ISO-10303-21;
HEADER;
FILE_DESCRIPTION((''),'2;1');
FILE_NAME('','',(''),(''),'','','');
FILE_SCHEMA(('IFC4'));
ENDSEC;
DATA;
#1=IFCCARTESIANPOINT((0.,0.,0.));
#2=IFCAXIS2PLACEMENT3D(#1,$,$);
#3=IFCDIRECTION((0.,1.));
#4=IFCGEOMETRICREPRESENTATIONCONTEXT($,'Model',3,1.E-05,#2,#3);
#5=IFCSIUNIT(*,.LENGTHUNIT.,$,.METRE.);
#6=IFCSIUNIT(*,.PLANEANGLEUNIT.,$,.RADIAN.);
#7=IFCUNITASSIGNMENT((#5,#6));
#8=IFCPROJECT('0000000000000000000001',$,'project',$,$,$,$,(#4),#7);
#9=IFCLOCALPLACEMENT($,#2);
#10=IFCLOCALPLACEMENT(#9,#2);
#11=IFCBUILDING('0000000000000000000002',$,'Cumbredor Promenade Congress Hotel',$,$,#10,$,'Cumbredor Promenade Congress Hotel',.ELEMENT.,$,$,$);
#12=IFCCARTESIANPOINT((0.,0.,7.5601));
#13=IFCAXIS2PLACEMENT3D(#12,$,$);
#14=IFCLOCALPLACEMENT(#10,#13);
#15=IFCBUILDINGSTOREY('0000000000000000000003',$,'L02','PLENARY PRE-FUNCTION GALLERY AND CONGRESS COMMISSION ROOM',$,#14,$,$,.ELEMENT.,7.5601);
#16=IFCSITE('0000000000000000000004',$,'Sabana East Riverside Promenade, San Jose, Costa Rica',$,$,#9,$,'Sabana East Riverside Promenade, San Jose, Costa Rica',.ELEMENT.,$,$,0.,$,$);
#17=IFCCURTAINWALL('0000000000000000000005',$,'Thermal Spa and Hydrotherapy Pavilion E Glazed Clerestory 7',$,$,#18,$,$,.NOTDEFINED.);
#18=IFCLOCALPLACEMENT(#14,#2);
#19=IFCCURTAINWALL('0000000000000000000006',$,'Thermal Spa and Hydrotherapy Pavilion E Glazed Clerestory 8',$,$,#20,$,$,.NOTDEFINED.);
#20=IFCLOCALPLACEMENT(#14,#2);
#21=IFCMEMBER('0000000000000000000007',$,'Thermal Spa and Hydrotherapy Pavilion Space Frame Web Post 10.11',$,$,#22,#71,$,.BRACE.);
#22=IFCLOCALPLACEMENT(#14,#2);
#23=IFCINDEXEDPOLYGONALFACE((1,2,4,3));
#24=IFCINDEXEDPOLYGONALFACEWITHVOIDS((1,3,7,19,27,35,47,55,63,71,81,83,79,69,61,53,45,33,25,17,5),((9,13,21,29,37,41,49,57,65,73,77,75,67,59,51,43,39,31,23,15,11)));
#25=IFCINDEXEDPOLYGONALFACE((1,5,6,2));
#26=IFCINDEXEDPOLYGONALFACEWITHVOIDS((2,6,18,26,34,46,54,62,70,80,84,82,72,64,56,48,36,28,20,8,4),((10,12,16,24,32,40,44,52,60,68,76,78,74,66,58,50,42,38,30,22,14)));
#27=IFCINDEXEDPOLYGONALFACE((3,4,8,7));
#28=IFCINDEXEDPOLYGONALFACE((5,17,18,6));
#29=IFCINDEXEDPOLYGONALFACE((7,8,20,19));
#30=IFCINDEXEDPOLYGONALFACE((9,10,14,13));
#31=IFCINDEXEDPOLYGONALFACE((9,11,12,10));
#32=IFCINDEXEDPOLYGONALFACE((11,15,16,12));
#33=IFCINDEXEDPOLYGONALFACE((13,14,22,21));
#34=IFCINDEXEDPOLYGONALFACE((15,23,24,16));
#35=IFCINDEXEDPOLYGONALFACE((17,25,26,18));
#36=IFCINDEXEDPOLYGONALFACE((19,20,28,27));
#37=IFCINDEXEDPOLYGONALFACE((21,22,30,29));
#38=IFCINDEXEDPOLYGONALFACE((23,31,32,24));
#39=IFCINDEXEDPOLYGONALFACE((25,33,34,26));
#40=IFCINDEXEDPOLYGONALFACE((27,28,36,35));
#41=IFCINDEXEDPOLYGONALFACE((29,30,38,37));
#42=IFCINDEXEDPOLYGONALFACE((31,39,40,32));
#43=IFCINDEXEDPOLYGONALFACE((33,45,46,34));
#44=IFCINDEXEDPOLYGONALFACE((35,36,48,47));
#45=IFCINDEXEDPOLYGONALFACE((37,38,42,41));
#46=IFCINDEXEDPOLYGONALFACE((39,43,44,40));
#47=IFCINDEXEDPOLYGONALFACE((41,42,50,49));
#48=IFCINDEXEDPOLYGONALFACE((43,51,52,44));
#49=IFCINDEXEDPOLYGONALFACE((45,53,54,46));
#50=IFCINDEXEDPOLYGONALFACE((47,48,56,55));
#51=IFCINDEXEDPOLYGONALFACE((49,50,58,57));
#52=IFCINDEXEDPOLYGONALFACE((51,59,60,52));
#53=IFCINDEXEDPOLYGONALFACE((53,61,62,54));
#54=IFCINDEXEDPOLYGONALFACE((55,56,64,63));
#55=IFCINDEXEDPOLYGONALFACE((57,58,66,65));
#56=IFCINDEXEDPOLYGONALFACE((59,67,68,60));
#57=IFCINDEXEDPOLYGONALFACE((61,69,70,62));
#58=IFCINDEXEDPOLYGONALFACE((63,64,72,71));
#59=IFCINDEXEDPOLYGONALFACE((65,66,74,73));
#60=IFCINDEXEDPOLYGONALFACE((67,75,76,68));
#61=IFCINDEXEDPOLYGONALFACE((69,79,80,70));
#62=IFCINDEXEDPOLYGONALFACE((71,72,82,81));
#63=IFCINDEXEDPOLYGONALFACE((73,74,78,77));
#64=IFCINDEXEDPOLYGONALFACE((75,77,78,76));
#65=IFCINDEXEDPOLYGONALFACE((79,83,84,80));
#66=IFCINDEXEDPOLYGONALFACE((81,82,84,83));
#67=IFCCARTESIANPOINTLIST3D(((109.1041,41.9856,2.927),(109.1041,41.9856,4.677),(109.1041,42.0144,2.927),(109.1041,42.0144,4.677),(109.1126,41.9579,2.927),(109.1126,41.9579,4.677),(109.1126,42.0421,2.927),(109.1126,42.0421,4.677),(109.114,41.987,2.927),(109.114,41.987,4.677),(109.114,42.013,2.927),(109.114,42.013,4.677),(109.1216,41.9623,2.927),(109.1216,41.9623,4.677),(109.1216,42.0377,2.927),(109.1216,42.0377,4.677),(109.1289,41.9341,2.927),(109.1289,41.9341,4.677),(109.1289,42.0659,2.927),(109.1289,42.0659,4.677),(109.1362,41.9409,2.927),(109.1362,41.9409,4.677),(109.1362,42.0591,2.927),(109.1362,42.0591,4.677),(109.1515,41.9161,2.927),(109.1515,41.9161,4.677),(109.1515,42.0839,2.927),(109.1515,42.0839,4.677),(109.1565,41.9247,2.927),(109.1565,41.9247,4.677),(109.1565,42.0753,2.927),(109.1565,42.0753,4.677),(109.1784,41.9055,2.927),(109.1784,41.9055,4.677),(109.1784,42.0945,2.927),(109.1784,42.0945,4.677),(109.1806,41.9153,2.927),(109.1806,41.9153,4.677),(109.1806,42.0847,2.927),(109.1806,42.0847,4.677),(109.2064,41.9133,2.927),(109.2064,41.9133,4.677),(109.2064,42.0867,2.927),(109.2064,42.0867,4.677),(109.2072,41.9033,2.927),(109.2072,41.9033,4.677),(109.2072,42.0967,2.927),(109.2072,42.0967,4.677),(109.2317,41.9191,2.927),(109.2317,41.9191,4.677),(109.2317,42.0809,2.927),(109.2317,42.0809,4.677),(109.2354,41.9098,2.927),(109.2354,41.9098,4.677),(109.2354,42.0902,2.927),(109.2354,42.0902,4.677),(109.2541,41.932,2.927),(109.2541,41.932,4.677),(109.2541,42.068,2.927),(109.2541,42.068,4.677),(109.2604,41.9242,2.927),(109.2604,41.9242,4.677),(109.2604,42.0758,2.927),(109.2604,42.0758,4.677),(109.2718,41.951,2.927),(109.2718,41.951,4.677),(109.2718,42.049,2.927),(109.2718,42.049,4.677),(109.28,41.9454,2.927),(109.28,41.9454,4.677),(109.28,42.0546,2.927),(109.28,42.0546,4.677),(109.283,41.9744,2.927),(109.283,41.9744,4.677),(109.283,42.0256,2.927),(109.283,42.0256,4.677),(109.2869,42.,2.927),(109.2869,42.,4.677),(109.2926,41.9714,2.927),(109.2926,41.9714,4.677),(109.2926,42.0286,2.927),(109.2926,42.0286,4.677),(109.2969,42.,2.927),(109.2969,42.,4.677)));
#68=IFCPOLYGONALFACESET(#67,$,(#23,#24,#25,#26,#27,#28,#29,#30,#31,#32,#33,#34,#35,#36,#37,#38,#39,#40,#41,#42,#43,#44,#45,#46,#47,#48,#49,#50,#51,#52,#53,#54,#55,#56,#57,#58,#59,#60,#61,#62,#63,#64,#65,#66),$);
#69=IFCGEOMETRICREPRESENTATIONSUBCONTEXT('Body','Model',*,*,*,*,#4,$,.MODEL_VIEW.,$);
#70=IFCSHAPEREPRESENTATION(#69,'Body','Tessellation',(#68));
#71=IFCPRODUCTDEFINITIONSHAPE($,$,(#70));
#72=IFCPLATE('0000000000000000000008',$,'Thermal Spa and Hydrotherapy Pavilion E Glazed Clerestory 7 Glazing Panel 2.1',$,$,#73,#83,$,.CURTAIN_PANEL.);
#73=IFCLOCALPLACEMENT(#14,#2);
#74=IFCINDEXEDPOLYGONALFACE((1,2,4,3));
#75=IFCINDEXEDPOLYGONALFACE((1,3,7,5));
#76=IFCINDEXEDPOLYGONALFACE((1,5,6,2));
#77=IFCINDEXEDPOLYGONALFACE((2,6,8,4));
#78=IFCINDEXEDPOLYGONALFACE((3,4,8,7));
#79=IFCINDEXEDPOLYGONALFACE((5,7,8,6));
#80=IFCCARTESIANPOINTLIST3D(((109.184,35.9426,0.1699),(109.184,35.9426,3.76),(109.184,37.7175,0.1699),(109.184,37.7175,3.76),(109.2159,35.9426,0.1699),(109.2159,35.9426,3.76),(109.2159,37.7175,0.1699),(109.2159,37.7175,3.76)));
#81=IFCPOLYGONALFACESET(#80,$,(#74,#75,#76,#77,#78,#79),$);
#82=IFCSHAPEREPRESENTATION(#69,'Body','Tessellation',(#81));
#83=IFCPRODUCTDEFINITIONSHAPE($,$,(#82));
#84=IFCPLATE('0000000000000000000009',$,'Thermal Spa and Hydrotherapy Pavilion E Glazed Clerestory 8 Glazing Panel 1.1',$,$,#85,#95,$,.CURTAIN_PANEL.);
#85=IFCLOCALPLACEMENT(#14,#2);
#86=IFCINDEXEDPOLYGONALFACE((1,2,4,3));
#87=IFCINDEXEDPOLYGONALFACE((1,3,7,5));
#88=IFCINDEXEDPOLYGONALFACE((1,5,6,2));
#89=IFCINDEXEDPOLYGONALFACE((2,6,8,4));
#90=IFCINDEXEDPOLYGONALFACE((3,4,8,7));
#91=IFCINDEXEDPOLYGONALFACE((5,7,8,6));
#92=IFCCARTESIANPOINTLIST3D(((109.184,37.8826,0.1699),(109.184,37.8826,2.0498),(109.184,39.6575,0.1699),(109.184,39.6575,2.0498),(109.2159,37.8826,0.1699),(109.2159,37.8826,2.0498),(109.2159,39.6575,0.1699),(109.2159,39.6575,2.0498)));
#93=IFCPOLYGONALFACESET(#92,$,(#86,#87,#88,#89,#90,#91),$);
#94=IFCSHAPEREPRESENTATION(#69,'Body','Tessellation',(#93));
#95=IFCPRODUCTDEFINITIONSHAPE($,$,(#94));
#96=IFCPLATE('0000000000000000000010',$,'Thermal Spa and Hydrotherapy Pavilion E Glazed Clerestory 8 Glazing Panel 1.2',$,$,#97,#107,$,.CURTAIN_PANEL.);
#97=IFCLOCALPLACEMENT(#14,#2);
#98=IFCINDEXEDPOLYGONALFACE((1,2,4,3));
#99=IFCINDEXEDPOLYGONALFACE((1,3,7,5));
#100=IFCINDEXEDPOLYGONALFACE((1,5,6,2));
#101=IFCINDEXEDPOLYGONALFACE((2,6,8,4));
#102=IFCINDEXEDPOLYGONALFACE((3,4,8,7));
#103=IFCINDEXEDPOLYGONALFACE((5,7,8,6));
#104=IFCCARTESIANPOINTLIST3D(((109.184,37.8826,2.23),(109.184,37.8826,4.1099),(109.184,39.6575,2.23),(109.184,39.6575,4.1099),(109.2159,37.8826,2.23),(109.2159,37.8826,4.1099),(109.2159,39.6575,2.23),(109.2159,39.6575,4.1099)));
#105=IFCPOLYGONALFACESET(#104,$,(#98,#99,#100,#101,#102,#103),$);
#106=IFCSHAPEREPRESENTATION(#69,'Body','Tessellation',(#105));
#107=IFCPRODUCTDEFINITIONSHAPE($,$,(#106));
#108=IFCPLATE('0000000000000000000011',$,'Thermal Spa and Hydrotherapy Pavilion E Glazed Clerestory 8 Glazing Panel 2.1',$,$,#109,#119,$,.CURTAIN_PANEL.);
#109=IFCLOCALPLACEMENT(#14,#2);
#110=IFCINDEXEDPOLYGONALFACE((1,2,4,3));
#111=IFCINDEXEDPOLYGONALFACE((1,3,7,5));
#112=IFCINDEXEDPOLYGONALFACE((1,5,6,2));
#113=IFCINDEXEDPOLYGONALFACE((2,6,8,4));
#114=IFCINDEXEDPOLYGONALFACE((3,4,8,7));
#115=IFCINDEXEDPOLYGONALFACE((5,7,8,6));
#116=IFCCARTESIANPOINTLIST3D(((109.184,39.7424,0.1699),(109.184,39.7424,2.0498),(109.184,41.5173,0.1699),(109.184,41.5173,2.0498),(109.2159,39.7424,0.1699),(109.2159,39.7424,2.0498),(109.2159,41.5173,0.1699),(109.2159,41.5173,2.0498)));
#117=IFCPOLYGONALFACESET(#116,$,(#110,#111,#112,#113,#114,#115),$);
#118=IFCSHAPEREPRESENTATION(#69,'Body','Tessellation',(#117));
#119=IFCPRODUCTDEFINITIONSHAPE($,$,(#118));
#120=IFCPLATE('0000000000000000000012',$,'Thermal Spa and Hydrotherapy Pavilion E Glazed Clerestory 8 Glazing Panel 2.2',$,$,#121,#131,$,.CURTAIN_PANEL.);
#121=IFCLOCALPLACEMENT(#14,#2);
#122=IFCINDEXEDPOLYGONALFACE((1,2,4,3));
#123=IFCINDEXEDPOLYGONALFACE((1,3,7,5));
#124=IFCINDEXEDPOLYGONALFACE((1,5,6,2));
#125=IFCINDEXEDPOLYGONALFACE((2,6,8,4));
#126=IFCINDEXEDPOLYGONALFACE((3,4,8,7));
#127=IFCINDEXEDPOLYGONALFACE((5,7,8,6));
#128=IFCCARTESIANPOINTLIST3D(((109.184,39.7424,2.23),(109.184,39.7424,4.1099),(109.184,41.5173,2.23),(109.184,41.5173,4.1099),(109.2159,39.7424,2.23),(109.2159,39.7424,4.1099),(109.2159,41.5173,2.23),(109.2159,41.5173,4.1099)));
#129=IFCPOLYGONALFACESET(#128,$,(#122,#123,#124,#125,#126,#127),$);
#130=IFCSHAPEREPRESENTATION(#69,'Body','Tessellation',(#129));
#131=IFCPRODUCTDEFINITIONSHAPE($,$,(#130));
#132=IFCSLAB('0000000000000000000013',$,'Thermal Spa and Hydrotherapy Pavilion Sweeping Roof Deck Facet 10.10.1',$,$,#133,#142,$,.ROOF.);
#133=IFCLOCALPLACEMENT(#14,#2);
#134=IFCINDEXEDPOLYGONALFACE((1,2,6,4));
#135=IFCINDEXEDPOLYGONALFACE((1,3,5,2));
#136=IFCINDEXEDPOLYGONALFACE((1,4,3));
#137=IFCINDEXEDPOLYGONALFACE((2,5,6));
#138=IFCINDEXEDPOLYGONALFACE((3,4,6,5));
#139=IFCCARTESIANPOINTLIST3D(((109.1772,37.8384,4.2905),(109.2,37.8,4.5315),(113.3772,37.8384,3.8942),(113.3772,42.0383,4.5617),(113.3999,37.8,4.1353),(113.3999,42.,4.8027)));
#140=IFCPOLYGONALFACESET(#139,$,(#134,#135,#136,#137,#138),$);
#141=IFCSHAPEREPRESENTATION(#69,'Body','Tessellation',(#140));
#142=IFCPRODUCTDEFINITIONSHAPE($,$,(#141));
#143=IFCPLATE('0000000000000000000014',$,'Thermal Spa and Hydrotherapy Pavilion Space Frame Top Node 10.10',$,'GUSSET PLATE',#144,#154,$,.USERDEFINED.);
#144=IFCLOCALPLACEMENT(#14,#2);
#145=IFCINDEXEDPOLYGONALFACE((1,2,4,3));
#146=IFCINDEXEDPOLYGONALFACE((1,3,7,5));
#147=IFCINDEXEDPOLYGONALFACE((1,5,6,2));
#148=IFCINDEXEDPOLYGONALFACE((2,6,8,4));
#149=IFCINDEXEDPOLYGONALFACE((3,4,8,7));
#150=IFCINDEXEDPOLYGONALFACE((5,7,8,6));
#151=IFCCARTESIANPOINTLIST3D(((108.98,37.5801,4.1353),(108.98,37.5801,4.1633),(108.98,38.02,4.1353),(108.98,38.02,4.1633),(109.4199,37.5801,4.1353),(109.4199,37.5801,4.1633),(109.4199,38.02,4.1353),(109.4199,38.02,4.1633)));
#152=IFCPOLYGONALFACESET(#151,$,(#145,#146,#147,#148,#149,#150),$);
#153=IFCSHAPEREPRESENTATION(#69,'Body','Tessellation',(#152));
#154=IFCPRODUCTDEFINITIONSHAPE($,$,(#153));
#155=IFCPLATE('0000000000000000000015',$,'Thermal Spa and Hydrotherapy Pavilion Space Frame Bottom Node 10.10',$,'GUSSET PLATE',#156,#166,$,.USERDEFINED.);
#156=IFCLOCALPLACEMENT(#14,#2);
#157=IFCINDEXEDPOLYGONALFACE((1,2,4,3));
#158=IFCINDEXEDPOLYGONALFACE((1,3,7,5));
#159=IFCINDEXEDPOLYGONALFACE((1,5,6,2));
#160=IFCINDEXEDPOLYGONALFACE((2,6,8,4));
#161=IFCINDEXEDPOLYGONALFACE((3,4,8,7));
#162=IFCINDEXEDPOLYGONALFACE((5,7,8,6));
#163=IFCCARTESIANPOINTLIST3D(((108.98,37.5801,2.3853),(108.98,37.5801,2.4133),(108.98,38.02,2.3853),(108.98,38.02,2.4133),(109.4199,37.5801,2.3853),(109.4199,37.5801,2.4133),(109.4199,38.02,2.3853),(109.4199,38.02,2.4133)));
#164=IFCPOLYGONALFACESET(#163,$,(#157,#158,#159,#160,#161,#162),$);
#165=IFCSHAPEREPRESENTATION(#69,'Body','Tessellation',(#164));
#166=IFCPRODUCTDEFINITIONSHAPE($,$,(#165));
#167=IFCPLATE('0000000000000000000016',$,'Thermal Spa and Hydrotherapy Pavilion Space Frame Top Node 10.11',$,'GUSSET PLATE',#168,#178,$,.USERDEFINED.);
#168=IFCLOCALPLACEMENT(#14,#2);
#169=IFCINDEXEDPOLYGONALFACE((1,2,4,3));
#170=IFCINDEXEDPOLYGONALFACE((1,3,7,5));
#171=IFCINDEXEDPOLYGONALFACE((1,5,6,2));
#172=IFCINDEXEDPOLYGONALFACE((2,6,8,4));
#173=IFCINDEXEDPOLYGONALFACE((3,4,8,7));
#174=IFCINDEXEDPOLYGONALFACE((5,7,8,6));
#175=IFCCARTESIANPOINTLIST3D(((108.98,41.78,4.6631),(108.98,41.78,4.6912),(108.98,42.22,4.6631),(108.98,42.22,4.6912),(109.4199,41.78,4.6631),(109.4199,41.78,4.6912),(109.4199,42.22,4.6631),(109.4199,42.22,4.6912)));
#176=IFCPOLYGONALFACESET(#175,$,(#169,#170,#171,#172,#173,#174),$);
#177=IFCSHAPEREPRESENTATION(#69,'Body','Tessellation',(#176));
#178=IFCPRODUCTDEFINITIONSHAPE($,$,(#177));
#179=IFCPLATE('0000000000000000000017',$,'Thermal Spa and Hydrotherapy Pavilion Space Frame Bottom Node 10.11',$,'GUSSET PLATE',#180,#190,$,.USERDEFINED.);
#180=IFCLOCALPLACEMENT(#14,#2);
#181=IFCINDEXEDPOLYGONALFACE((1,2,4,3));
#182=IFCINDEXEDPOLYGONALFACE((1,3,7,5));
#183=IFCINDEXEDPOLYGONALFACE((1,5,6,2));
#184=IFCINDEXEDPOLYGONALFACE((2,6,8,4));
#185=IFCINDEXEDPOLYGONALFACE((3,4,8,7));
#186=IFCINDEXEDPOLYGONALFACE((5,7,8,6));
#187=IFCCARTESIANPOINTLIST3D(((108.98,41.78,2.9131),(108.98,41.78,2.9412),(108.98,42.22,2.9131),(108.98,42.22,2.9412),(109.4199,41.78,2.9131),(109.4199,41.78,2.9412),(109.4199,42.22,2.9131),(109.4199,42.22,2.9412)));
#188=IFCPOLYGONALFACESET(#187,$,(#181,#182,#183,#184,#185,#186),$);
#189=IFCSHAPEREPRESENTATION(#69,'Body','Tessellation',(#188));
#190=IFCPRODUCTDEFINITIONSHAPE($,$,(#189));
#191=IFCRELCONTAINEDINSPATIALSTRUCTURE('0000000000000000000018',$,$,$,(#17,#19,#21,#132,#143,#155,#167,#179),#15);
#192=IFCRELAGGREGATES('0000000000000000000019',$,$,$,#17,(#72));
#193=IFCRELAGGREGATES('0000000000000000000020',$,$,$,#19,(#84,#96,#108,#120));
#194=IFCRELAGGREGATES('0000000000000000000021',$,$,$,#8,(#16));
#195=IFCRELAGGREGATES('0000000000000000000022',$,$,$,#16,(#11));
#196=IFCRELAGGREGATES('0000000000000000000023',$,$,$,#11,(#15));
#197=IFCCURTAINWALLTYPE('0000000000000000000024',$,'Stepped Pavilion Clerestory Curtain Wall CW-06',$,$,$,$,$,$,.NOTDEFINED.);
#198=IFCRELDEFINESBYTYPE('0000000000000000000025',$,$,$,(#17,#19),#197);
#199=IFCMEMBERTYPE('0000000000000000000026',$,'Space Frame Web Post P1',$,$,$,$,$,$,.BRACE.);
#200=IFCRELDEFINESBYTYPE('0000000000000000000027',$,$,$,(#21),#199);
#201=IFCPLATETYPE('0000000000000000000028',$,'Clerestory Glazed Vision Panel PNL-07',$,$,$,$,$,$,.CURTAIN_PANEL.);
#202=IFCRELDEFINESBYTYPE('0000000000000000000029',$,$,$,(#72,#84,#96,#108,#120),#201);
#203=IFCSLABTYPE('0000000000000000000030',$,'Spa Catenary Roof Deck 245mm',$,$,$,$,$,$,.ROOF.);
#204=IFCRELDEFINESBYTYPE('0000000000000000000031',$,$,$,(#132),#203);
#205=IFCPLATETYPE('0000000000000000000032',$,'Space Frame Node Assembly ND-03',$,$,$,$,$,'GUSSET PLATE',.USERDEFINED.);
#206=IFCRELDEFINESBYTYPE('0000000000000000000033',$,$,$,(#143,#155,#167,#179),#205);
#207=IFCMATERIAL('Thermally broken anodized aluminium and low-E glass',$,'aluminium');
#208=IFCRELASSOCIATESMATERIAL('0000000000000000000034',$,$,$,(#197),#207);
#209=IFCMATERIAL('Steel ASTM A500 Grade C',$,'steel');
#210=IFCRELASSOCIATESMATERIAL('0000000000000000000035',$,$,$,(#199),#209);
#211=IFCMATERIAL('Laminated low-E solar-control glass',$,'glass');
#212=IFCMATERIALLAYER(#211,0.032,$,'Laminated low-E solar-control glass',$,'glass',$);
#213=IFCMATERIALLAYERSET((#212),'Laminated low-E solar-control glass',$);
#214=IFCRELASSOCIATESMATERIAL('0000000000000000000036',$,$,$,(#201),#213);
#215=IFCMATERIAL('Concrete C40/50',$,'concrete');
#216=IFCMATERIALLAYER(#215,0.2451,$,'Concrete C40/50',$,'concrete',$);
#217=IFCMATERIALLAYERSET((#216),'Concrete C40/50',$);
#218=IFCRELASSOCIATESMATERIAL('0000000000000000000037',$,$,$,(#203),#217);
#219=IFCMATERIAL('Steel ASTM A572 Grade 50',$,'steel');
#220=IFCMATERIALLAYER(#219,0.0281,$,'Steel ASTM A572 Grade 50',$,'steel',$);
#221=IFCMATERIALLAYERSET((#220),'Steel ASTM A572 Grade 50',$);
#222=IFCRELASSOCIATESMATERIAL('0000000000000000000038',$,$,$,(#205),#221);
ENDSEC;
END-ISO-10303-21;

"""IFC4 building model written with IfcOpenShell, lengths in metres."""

from ifc_helpers import new_model, si_unit, direction, frame, origin, origin_2d, place, context, subcontext, project, spatial, polyline, rectangle, hollow_circle, outline, extrude, material, layer, layer_set, material_profile, profile_set, type_object, element, aggregate, save


model = new_model("IFC4")

# Units and contexts
model_context = context("Model", 3, precision=1e-05, world=origin(), true_north=direction((0.0, 1.0)))
body_context = subcontext(model_context, "Body", "Model", "MODEL_VIEW")
ifc_project = project(units=[si_unit("LENGTHUNIT", "METRE"), si_unit("PLANEANGLEUNIT", "RADIAN")], contexts=[model_context])

# Site, building, storey
site_placement = place(None, origin())
site = spatial("IfcSite", under=ifc_project, at=site_placement, Name="Sabana East Riverside Promenade, San Jose, Costa Rica", LongName="Sabana East Riverside Promenade, San Jose, Costa Rica", CompositionType="ELEMENT", RefElevation=0.0)
building_placement = place(site_placement, origin())
building = spatial("IfcBuilding", under=site, at=building_placement, Name="Cumbredor Promenade Congress Hotel", LongName="Cumbredor Promenade Congress Hotel", CompositionType="ELEMENT")
storey_placement = place(building_placement, frame((0.0, 0.0, 7.5601)))
storey = spatial("IfcBuildingStorey", under=building, at=storey_placement, Name="L02", Description="PLENARY PRE-FUNCTION GALLERY AND CONGRESS COMMISSION ROOM", CompositionType="ELEMENT", Elevation=7.5601)

# Curtain wall
ifc_material_1 = material(Name="Thermally broken anodized aluminium and low-E glass", Category="aluminium")
curtain_wall_type = type_object("IfcCurtainWallType", Name="Stepped Pavilion Clerestory Curtain Wall CW-06", PredefinedType="NOTDEFINED", material=ifc_material_1)
curtain_wall_1_placement = place(storey_placement, origin())
curtain_wall_1 = element("IfcCurtainWall", 1, at=curtain_wall_1_placement, inside=storey, type_object=curtain_wall_type, Name="Thermal Spa and Hydrotherapy Pavilion E Glazed Clerestory 7", PredefinedType="NOTDEFINED")

# Curtain wall
curtain_wall_2_placement = place(storey_placement, origin())
curtain_wall_2 = element("IfcCurtainWall", 2, at=curtain_wall_2_placement, inside=storey, type_object=curtain_wall_type, Name="Thermal Spa and Hydrotherapy Pavilion E Glazed Clerestory 8", PredefinedType="NOTDEFINED")

# Member
ifc_material_2 = material(Name="Steel ASTM A500 Grade C", Category="steel")
ifc_material_profile_1 = material_profile(ifc_material_2, hollow_circle(Radius=0.0969, WallThickness=0.01, at=origin_2d()), Name="CHS 193.7x10")
ifc_profile_set_1 = profile_set([ifc_material_profile_1], Name="Steel ASTM A500 Grade C")
member_type_1 = type_object("IfcMemberType", Name="Space Frame Web Post P1", PredefinedType="BRACE", material=ifc_profile_set_1)
for number, where, z_axis, x_axis, name in (
    (3, (109.2, 42.0, 2.927), (0.0, 0.0, 1.0), (1.0, 0.0, 0.0), "Thermal Spa and Hydrotherapy Pavilion Space Frame Web Post 10.11"),
):
    element("IfcMember", number, at=place(storey_placement, frame(where, z_axis=z_axis, x_axis=x_axis)), inside=storey, type_object=member_type_1, Name=name, PredefinedType="BRACE", context=body_context, shape_type="SweptSolid", body=[
        extrude(hollow_circle(Radius=0.0969, WallThickness=0.01, at=origin_2d()), origin(), (0.0, 0.0, 1.0), 1.75),
    ])

# Plates
ifc_material_3 = material(Name="Laminated low-E solar-control glass", Category="glass")
ifc_layer_1 = layer(ifc_material_3, 0.032, Name="Laminated low-E solar-control glass", Category="glass")
ifc_layer_set_1 = layer_set([ifc_layer_1], Name="Laminated low-E solar-control glass")
plate_type_1 = type_object("IfcPlateType", Name="Clerestory Glazed Vision Panel PNL-07", PredefinedType="CURTAIN_PANEL", material=ifc_layer_set_1)
plate_1_placement = place(storey_placement, frame((109.2, 36.8301, 0.1699), z_axis=(0.0, 0.0, 1.0), x_axis=(0.0, 1.0, 0.0)))
plate_1 = element("IfcPlate", 4, at=plate_1_placement, type_object=plate_type_1, Name="Thermal Spa and Hydrotherapy Pavilion E Glazed Clerestory 7 Glazing Panel 2.1", PredefinedType="CURTAIN_PANEL", context=body_context, shape_type="SweptSolid", body=[
    extrude(rectangle(XDim=1.7749, YDim=0.032, at=origin_2d()), origin(), (0.0, 0.0, 1.0), 3.5901),
])
aggregate(curtain_wall_1, [plate_1])
plate_2_placement = place(storey_placement, frame((109.2, 38.77, 0.1699), z_axis=(0.0, 0.0, 1.0), x_axis=(0.0, 1.0, 0.0)))
plate_2 = element("IfcPlate", 5, at=plate_2_placement, type_object=plate_type_1, Name="Thermal Spa and Hydrotherapy Pavilion E Glazed Clerestory 8 Glazing Panel 1.1", PredefinedType="CURTAIN_PANEL", context=body_context, shape_type="SweptSolid", body=[
    extrude(rectangle(XDim=1.7749, YDim=0.032, at=origin_2d()), origin(), (0.0, 0.0, 1.0), 1.8799),
])
plate_3_placement = place(storey_placement, frame((109.2, 38.77, 2.23), z_axis=(0.0, 0.0, 1.0), x_axis=(0.0, 1.0, 0.0)))
plate_3 = element("IfcPlate", 6, at=plate_3_placement, type_object=plate_type_1, Name="Thermal Spa and Hydrotherapy Pavilion E Glazed Clerestory 8 Glazing Panel 1.2", PredefinedType="CURTAIN_PANEL", context=body_context, shape_type="SweptSolid", body=[
    extrude(rectangle(XDim=1.7749, YDim=0.032, at=origin_2d()), origin(), (0.0, 0.0, 1.0), 1.8799),
])
plate_4_placement = place(storey_placement, frame((109.2, 40.6299, 0.1699), z_axis=(0.0, 0.0, 1.0), x_axis=(0.0, 1.0, 0.0)))
plate_4 = element("IfcPlate", 7, at=plate_4_placement, type_object=plate_type_1, Name="Thermal Spa and Hydrotherapy Pavilion E Glazed Clerestory 8 Glazing Panel 2.1", PredefinedType="CURTAIN_PANEL", context=body_context, shape_type="SweptSolid", body=[
    extrude(rectangle(XDim=1.7749, YDim=0.032, at=origin_2d()), origin(), (0.0, 0.0, 1.0), 1.8799),
])
plate_5_placement = place(storey_placement, frame((109.2, 40.6299, 2.23), z_axis=(0.0, 0.0, 1.0), x_axis=(0.0, 1.0, 0.0)))
plate_5 = element("IfcPlate", 8, at=plate_5_placement, type_object=plate_type_1, Name="Thermal Spa and Hydrotherapy Pavilion E Glazed Clerestory 8 Glazing Panel 2.2", PredefinedType="CURTAIN_PANEL", context=body_context, shape_type="SweptSolid", body=[
    extrude(rectangle(XDim=1.7749, YDim=0.032, at=origin_2d()), origin(), (0.0, 0.0, 1.0), 1.8799),
])
aggregate(curtain_wall_2, [plate_2, plate_3, plate_4, plate_5])

# Slab
ifc_material_4 = material(Name="Concrete C40/50", Category="concrete")
ifc_layer_2 = layer(ifc_material_4, 0.2451, Name="Concrete C40/50", Category="concrete")
ifc_layer_set_2 = layer_set([ifc_layer_2], Name="Concrete C40/50")
slab_type = type_object("IfcSlabType", Name="Spa Catenary Roof Deck 245mm", PredefinedType="ROOF", material=ifc_layer_set_2)
slab_placement = place(storey_placement, frame((109.2, 37.8, 4.5315), z_axis=(0.092773, -0.156279, 0.983346), x_axis=(0.995579, 0.0, -0.093927)))
element("IfcSlab", 9, at=slab_placement, inside=storey, type_object=slab_type, Name="Thermal Spa and Hydrotherapy Pavilion Sweeping Roof Deck Facet 10.10.1", PredefinedType="ROOF", context=body_context, shape_type="SweptSolid", body=[
    extrude(outline(polyline([(0.0, 0.0), (4.2186, 0.0), (4.1559, 4.2522), (0.0, 0.0)])), origin(), (0.0, 0.0, -1.0), 0.2451),
])

# Plates
ifc_material_5 = material(Name="Steel ASTM A572 Grade 50", Category="steel")
ifc_layer_3 = layer(ifc_material_5, 0.0281, Name="Steel ASTM A572 Grade 50", Category="steel")
ifc_layer_set_3 = layer_set([ifc_layer_3], Name="Steel ASTM A572 Grade 50")
plate_type_2 = type_object("IfcPlateType", Name="Space Frame Node Assembly ND-03", ElementType="GUSSET PLATE", PredefinedType="USERDEFINED", material=ifc_layer_set_3)
for number, where, z_axis, x_axis, name in (
    (10, (109.2, 37.8, 4.1353), (0.0, 0.0, 1.0), (1.0, 0.0, 0.0), "Thermal Spa and Hydrotherapy Pavilion Space Frame Top Node 10.10"),
    (11, (109.2, 37.8, 2.3853), (0.0, 0.0, 1.0), (1.0, 0.0, 0.0), "Thermal Spa and Hydrotherapy Pavilion Space Frame Bottom Node 10.10"),
    (12, (109.2, 42.0, 4.6631), (0.0, 0.0, 1.0), (1.0, 0.0, 0.0), "Thermal Spa and Hydrotherapy Pavilion Space Frame Top Node 10.11"),
    (13, (109.2, 42.0, 2.9131), (0.0, 0.0, 1.0), (1.0, 0.0, 0.0), "Thermal Spa and Hydrotherapy Pavilion Space Frame Bottom Node 10.11"),
):
    element("IfcPlate", number, at=place(storey_placement, frame(where, z_axis=z_axis, x_axis=x_axis)), inside=storey, type_object=plate_type_2, Name=name, ObjectType="GUSSET PLATE", PredefinedType="USERDEFINED", context=body_context, shape_type="SweptSolid", body=[
        extrude(rectangle(XDim=0.4399, YDim=0.4399, at=origin_2d()), origin(), (0.0, 0.0, 1.0), 0.0281),
    ])

save(model, "model.ifc")
